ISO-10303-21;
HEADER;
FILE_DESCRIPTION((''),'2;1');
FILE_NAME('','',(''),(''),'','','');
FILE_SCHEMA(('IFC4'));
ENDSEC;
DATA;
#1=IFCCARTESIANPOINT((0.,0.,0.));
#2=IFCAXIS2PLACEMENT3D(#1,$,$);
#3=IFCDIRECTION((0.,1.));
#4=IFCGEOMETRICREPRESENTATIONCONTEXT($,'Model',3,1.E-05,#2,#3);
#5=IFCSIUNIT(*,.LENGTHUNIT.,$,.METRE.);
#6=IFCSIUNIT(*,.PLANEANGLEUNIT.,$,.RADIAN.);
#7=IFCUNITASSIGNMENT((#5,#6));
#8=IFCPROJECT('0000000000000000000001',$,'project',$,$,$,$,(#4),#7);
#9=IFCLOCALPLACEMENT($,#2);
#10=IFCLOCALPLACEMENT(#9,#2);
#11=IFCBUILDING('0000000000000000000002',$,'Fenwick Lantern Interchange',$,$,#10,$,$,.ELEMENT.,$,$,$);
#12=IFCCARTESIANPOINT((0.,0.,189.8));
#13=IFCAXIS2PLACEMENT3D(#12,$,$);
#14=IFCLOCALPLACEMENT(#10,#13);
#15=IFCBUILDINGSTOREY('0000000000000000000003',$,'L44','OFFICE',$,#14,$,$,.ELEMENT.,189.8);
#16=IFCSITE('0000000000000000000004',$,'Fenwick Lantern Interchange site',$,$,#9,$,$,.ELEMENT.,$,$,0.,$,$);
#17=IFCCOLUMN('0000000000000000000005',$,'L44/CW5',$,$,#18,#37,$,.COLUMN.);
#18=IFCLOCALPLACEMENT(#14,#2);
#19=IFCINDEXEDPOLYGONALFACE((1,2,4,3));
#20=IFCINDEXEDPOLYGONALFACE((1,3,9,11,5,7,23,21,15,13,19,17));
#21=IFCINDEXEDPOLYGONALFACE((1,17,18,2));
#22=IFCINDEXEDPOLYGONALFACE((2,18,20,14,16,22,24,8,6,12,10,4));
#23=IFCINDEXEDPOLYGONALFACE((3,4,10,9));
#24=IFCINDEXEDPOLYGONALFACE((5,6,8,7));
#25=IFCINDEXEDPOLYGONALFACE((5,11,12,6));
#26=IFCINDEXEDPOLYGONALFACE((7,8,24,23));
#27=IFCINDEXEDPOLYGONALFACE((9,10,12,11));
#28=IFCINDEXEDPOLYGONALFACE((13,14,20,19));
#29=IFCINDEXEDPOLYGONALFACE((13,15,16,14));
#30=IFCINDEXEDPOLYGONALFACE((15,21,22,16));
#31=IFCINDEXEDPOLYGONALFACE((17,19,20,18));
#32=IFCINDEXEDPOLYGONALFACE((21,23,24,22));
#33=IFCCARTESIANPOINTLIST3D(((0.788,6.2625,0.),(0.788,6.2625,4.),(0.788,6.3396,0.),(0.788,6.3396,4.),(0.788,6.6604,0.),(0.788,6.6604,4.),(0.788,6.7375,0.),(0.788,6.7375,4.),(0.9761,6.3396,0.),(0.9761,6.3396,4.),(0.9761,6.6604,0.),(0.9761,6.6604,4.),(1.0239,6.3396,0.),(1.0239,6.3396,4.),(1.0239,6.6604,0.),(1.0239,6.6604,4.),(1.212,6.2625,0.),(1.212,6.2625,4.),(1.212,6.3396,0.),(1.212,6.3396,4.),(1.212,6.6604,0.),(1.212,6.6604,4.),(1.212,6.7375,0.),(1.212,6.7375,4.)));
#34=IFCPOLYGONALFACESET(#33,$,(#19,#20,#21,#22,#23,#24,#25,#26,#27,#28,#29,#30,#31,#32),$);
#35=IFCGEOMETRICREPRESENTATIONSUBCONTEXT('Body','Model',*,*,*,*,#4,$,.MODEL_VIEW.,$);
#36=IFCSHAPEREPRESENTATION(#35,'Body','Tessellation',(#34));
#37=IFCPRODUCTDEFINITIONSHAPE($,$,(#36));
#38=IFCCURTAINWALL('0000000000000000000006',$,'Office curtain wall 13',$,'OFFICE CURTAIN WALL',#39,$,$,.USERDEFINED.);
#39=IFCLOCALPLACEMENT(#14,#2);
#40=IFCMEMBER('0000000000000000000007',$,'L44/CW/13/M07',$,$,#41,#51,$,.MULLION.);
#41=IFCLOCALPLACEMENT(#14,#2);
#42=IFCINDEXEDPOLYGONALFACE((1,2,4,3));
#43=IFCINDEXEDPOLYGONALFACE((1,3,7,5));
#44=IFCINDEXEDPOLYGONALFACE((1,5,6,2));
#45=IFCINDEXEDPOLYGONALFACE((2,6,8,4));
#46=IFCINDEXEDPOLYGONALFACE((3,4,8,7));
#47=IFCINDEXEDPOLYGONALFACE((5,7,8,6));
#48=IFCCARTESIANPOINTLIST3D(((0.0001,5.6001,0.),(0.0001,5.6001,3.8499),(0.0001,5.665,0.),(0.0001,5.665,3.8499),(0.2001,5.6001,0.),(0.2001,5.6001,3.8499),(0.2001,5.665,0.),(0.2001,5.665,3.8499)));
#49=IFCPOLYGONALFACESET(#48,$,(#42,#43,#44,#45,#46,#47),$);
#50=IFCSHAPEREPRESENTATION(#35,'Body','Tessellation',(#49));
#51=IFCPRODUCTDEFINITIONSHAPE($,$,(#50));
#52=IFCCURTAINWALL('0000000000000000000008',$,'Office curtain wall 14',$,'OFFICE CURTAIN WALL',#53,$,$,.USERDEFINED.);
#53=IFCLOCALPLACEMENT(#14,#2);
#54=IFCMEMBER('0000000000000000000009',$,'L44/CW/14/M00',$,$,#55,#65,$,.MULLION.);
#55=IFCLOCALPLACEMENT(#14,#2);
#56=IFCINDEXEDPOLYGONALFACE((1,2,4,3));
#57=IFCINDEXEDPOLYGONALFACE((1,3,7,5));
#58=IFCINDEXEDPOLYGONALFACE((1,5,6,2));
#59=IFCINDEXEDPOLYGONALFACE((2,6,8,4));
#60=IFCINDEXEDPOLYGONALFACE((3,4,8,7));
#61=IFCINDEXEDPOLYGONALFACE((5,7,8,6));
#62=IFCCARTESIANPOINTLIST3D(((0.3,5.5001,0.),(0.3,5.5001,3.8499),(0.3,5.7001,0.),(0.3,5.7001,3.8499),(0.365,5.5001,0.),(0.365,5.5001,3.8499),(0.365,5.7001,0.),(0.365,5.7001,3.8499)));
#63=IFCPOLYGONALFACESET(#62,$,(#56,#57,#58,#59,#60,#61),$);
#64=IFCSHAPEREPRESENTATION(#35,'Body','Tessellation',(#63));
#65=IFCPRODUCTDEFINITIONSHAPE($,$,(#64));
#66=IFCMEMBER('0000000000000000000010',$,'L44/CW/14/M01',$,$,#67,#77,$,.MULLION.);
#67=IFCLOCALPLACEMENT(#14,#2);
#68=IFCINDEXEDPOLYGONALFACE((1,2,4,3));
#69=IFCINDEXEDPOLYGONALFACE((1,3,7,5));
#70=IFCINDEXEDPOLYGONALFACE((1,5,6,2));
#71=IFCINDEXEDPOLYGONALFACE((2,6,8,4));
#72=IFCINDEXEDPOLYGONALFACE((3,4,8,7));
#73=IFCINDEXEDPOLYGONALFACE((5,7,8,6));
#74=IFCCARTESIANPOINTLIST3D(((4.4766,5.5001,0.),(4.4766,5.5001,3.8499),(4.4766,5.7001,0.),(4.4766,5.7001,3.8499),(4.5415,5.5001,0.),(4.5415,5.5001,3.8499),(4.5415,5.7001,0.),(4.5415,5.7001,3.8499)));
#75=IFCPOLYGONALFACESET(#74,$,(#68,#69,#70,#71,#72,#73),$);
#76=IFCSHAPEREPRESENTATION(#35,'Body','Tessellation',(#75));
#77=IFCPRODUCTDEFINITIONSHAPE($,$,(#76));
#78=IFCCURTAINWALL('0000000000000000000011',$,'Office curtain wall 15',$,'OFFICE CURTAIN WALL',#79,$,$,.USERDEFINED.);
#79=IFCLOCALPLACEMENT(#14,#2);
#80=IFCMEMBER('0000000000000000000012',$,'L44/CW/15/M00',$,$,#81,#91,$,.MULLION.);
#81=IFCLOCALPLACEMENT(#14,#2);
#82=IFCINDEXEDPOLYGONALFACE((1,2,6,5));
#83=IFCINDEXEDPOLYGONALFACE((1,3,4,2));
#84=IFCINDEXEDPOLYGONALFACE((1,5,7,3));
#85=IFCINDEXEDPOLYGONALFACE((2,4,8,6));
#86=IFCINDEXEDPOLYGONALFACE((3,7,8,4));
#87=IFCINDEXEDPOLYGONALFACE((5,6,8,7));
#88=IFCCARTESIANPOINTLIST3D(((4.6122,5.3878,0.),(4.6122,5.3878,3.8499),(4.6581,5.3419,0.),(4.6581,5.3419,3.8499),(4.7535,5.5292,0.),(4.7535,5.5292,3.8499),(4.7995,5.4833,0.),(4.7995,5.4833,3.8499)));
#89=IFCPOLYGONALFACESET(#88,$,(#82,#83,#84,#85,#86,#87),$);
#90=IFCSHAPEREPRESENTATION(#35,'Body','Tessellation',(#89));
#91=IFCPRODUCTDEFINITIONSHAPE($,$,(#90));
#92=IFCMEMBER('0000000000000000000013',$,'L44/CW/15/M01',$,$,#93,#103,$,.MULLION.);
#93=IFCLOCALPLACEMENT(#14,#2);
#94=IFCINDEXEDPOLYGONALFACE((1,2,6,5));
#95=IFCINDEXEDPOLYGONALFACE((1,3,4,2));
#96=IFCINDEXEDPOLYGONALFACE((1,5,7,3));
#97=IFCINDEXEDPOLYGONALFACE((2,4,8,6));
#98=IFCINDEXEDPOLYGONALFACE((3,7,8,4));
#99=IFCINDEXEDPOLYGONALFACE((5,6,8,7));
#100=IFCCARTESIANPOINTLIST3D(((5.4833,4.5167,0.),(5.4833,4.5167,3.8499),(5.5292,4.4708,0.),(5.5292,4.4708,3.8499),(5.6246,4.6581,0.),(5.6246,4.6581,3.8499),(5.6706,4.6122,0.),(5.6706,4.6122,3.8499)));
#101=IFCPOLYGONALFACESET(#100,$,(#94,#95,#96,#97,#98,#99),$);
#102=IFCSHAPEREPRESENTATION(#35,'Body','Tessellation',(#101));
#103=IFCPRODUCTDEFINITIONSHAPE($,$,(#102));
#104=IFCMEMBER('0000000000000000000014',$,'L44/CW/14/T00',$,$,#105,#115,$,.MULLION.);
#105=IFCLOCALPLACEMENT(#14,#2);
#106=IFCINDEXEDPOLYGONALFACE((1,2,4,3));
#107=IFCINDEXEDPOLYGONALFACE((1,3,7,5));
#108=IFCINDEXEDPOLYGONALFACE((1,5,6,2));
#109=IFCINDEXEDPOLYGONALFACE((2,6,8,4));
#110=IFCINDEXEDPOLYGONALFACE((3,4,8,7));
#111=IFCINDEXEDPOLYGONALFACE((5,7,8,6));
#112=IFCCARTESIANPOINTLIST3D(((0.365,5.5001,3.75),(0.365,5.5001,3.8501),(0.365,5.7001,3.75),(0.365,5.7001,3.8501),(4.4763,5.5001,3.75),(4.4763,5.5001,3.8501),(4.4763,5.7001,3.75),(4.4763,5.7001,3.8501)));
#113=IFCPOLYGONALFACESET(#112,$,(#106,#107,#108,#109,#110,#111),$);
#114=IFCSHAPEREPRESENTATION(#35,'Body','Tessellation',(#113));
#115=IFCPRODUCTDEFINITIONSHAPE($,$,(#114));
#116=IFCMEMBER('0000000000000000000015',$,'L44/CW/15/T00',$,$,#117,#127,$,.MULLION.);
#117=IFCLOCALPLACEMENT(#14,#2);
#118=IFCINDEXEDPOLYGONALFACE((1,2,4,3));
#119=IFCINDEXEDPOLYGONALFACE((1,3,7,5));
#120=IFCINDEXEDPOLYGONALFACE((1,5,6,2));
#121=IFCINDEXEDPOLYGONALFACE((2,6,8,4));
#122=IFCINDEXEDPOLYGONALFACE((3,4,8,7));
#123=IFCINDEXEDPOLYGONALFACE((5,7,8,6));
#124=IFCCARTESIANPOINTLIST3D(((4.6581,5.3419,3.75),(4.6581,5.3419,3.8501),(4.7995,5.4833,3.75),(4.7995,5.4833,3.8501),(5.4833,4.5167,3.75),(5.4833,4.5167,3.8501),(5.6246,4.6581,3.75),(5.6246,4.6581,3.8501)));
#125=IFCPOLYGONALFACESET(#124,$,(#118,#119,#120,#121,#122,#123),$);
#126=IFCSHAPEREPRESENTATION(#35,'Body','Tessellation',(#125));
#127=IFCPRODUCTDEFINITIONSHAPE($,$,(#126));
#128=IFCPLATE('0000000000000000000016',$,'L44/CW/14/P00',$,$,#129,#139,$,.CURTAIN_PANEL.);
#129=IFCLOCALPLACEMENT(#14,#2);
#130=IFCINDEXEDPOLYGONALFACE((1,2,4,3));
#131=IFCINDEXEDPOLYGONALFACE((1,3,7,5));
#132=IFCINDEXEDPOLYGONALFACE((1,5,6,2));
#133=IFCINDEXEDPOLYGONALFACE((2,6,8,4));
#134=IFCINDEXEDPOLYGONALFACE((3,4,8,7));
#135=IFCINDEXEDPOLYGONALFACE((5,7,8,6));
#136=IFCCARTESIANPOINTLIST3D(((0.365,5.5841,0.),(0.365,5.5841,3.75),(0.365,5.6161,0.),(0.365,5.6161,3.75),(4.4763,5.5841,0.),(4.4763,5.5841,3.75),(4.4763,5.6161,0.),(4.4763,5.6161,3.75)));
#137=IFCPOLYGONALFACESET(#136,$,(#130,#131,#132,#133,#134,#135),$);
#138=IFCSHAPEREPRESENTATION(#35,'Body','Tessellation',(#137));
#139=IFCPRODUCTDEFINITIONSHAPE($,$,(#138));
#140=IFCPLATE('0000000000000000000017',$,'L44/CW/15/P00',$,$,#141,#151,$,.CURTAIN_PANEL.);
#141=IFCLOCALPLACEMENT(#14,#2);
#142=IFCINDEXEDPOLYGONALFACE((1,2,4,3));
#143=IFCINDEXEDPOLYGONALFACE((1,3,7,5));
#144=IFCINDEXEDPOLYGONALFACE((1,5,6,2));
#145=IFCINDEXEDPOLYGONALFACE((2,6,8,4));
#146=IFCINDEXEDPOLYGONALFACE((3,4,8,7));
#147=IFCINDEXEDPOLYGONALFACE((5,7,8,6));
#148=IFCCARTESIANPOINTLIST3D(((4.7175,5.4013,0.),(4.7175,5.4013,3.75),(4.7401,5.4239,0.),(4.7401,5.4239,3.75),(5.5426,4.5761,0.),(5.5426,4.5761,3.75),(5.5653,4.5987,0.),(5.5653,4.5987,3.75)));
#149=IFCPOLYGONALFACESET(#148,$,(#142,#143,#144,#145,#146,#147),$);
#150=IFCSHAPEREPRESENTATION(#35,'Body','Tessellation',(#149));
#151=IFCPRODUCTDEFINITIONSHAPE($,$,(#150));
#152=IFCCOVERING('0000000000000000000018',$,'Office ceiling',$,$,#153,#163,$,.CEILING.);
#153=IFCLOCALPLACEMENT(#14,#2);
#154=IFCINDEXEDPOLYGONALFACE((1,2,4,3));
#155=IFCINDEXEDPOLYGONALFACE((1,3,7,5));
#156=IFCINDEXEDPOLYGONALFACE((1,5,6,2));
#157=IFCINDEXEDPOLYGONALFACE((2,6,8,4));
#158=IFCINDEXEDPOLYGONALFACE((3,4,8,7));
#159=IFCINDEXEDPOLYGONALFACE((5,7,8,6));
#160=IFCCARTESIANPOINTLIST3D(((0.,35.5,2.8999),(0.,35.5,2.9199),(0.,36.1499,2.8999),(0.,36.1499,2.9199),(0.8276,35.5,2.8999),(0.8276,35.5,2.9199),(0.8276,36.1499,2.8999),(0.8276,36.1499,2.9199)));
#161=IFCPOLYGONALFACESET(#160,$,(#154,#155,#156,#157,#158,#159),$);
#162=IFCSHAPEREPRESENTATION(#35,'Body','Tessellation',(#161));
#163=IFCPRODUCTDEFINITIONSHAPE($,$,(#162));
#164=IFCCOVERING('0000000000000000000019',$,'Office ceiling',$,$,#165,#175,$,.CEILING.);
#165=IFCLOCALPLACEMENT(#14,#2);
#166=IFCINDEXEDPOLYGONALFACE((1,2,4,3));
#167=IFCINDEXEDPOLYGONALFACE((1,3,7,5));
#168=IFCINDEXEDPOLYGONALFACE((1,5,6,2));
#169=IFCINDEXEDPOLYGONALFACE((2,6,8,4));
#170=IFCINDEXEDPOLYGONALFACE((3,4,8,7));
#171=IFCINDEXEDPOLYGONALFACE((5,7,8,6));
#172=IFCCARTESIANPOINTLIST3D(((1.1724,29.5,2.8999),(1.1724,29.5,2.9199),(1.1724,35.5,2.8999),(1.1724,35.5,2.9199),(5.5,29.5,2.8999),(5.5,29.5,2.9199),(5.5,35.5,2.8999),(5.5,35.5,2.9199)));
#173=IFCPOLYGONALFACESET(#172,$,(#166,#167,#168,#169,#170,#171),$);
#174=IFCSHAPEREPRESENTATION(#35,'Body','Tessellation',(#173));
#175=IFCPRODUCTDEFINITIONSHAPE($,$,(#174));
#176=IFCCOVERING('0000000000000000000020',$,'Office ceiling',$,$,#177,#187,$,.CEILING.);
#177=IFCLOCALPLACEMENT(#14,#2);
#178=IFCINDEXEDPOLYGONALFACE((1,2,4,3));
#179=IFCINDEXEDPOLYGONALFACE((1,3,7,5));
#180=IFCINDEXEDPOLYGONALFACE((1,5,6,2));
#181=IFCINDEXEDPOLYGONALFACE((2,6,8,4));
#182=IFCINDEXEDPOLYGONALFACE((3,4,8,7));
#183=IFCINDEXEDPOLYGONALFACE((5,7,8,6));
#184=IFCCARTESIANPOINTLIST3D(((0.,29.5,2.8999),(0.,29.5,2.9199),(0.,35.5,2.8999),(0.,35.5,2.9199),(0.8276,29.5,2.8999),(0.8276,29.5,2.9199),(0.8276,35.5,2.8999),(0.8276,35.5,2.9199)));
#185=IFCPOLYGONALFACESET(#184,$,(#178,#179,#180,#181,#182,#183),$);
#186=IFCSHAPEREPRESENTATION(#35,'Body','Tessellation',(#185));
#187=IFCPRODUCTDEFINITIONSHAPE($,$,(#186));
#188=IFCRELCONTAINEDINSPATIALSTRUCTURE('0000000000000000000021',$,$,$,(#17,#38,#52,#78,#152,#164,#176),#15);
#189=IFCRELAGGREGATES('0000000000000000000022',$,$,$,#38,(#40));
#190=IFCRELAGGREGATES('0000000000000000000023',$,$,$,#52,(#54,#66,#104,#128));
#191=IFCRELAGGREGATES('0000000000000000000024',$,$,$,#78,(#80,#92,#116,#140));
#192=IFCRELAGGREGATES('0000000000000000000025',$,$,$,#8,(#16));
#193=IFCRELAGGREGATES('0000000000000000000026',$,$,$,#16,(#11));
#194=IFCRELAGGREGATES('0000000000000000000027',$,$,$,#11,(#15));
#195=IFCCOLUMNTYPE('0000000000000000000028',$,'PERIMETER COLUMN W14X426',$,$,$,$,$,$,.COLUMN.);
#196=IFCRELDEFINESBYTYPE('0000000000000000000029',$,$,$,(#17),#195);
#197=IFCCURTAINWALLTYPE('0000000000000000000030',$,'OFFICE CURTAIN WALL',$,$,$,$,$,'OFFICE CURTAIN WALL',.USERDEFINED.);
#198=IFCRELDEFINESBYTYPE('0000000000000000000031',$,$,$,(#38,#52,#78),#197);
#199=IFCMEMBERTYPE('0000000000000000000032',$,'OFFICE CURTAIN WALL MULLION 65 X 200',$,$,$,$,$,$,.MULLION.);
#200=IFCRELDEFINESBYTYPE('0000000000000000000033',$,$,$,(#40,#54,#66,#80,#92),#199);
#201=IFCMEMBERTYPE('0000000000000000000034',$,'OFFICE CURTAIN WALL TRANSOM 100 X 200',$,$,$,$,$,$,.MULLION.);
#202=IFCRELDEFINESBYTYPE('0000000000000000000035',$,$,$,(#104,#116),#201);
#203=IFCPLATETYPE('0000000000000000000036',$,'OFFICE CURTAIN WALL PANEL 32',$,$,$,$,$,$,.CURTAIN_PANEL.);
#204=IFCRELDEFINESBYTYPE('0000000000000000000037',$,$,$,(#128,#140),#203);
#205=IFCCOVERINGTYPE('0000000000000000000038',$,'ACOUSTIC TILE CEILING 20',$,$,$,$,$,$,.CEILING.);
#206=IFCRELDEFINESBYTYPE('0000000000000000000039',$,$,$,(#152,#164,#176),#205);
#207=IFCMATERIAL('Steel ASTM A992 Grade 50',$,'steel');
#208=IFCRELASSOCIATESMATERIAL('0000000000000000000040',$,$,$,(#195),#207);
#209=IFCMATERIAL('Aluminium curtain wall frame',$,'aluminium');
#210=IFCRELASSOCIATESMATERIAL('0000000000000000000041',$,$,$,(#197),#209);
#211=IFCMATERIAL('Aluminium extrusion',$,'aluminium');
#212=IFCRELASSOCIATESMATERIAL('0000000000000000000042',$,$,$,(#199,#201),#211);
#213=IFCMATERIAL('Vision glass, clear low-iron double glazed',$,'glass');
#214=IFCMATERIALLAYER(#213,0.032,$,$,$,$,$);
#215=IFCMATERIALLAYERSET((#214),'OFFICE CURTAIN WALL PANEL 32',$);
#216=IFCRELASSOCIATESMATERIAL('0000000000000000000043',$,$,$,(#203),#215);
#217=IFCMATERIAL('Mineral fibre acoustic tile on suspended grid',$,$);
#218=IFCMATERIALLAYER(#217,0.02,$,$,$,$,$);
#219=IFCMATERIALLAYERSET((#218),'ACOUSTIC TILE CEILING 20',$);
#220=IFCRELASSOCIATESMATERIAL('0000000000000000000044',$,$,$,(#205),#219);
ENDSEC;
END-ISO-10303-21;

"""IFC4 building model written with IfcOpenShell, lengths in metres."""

from ifc_helpers import new_model, si_unit, direction, frame, origin, origin_2d, place, context, subcontext, project, spatial, polyline, rectangle, i_section, outline, extrude, material, layer, layer_set, material_profile, profile_set, type_object, element, aggregate, save


model = new_model("IFC4")

# Units and contexts
model_context = context("Model", 3, precision=1e-05, world=origin(), true_north=direction((0.0, 1.0)))
body_context = subcontext(model_context, "Body", "Model", "MODEL_VIEW")
ifc_project = project(units=[si_unit("LENGTHUNIT", "METRE"), si_unit("PLANEANGLEUNIT", "RADIAN")], contexts=[model_context])

# Site, building, storey
site_placement = place(None, origin())
site = spatial("IfcSite", under=ifc_project, at=site_placement, Name="Fenwick Lantern Interchange site", CompositionType="ELEMENT", RefElevation=0.0)
building_placement = place(site_placement, origin())
building = spatial("IfcBuilding", under=site, at=building_placement, Name="Fenwick Lantern Interchange", CompositionType="ELEMENT")
storey_placement = place(building_placement, frame((0.0, 0.0, 189.8)))
storey = spatial("IfcBuildingStorey", under=building, at=storey_placement, Name="L44", Description="OFFICE", CompositionType="ELEMENT", Elevation=189.8)

# Column
ifc_material_1 = material(Name="Steel ASTM A992 Grade 50", Category="steel")
ifc_material_profile_1 = material_profile(ifc_material_1, i_section(OverallWidth=0.4241, OverallDepth=0.4751, WebThickness=0.0479, FlangeThickness=0.0771, at=origin_2d()), Name="W14X426")
ifc_profile_set_1 = profile_set([ifc_material_profile_1], Name="Steel ASTM A992 Grade 50")
column_type = type_object("IfcColumnType", Name="PERIMETER COLUMN W14X426", PredefinedType="COLUMN", material=ifc_profile_set_1)
column_placement = place(storey_placement, frame((1.0, 6.5, 0.0), z_axis=(0.0, 0.0, 1.0), x_axis=(1.0, 0.0, 0.0)))
element("IfcColumn", 1, at=column_placement, inside=storey, type_object=column_type, Name="L44/CW5", PredefinedType="COLUMN", context=body_context, shape_type="SweptSolid", body=[
    extrude(i_section(OverallWidth=0.4241, OverallDepth=0.4751, WebThickness=0.0479, FlangeThickness=0.0771, at=origin_2d()), origin(), (0.0, 0.0, 1.0), 4.0),
])

# Curtain wall, member
ifc_material_2 = material(Name="Aluminium curtain wall frame", Category="aluminium")
curtain_wall_type = type_object("IfcCurtainWallType", Name="OFFICE CURTAIN WALL", ElementType="OFFICE CURTAIN WALL", PredefinedType="USERDEFINED", material=ifc_material_2)
curtain_wall_1_placement = place(storey_placement, origin())
curtain_wall_1 = element("IfcCurtainWall", 2, at=curtain_wall_1_placement, inside=storey, type_object=curtain_wall_type, Name="Office curtain wall 13", ObjectType="OFFICE CURTAIN WALL", PredefinedType="USERDEFINED")
ifc_material_3 = material(Name="Aluminium extrusion", Category="aluminium")
ifc_material_profile_2 = material_profile(ifc_material_3, rectangle(XDim=0.2, YDim=0.0649, at=origin_2d()), Name="OFFICE CURTAIN WALL MULLION 65 X 200")
ifc_profile_set_2 = profile_set([ifc_material_profile_2], Name="Aluminium extrusion")
member_type_1 = type_object("IfcMemberType", Name="OFFICE CURTAIN WALL MULLION 65 X 200", PredefinedType="MULLION", material=ifc_profile_set_2)
member_1_placement = place(storey_placement, frame((0.1001, 5.6326, 0.0), z_axis=(0.0, 0.0, 1.0), x_axis=(1.0, 0.0, 0.0)))
member_1 = element("IfcMember", 3, at=member_1_placement, type_object=member_type_1, Name="L44/CW/13/M07", PredefinedType="MULLION", context=body_context, shape_type="SweptSolid", body=[
    extrude(rectangle(XDim=0.2, YDim=0.0649, at=origin_2d()), origin(), (0.0, 0.0, 1.0), 3.8499),
])
aggregate(curtain_wall_1, [member_1])

# Curtain walls, members
curtain_wall_2_placement = place(storey_placement, origin())
curtain_wall_2 = element("IfcCurtainWall", 4, at=curtain_wall_2_placement, inside=storey, type_object=curtain_wall_type, Name="Office curtain wall 14", ObjectType="OFFICE CURTAIN WALL", PredefinedType="USERDEFINED")
member_2_placement = place(storey_placement, frame((0.3325, 5.6001, 0.0), z_axis=(0.0, 0.0, 1.0), x_axis=(0.0, 1.0, 0.0)))
member_2 = element("IfcMember", 5, at=member_2_placement, type_object=member_type_1, Name="L44/CW/14/M00", PredefinedType="MULLION", context=body_context, shape_type="SweptSolid", body=[
    extrude(rectangle(XDim=0.2, YDim=0.0649, at=origin_2d()), origin(), (0.0, 0.0, 1.0), 3.8499),
])
member_3_placement = place(storey_placement, frame((4.509, 5.6001, 0.0), z_axis=(0.0, 0.0, 1.0), x_axis=(0.0, 1.0, 0.0)))
member_3 = element("IfcMember", 6, at=member_3_placement, type_object=member_type_1, Name="L44/CW/14/M01", PredefinedType="MULLION", context=body_context, shape_type="SweptSolid", body=[
    extrude(rectangle(XDim=0.2, YDim=0.0649, at=origin_2d()), origin(), (0.0, 0.0, 1.0), 3.8499),
])
curtain_wall_3_placement = place(storey_placement, origin())
curtain_wall_3 = element("IfcCurtainWall", 7, at=curtain_wall_3_placement, inside=storey, type_object=curtain_wall_type, Name="Office curtain wall 15", ObjectType="OFFICE CURTAIN WALL", PredefinedType="USERDEFINED")
member_4_placement = place(storey_placement, frame((4.7058, 5.4355, 0.0), z_axis=(0.0, 0.0, 1.0), x_axis=(0.707107, 0.707107, 0.0)))
member_4 = element("IfcMember", 8, at=member_4_placement, type_object=member_type_1, Name="L44/CW/15/M00", PredefinedType="MULLION", context=body_context, shape_type="SweptSolid", body=[
    extrude(rectangle(XDim=0.2, YDim=0.0649, at=origin_2d()), origin(), (0.0, 0.0, 1.0), 3.8499),
])
member_5_placement = place(storey_placement, frame((5.5769, 4.5645, 0.0), z_axis=(0.0, 0.0, 1.0), x_axis=(0.707107, 0.707107, 0.0)))
member_5 = element("IfcMember", 9, at=member_5_placement, type_object=member_type_1, Name="L44/CW/15/M01", PredefinedType="MULLION", context=body_context, shape_type="SweptSolid", body=[
    extrude(rectangle(XDim=0.2, YDim=0.0649, at=origin_2d()), origin(), (0.0, 0.0, 1.0), 3.8499),
])

# Members
ifc_material_profile_3 = material_profile(ifc_material_3, rectangle(XDim=0.2, YDim=0.1001, at=origin_2d()), Name="OFFICE CURTAIN WALL TRANSOM 100 X 200")
ifc_profile_set_3 = profile_set([ifc_material_profile_3], Name="Aluminium extrusion")
member_type_2 = type_object("IfcMemberType", Name="OFFICE CURTAIN WALL TRANSOM 100 X 200", PredefinedType="MULLION", material=ifc_profile_set_3)
member_6_placement = place(storey_placement, frame((0.365, 5.6001, 3.8), z_axis=(1.0, 0.0, 0.0), x_axis=(0.0, 1.0, 0.0)))
member_6 = element("IfcMember", 10, at=member_6_placement, type_object=member_type_2, Name="L44/CW/14/T00", PredefinedType="MULLION", context=body_context, shape_type="SweptSolid", body=[
    extrude(rectangle(XDim=0.2, YDim=0.1001, at=origin_2d()), origin(), (0.0, 0.0, 1.0), 4.1113),
])
member_7_placement = place(storey_placement, frame((4.7288, 5.4126, 3.8), z_axis=(0.707107, -0.707107, 0.0), x_axis=(0.707107, 0.707107, 0.0)))
member_7 = element("IfcMember", 11, at=member_7_placement, type_object=member_type_2, Name="L44/CW/15/T00", PredefinedType="MULLION", context=body_context, shape_type="SweptSolid", body=[
    extrude(rectangle(XDim=0.2, YDim=0.1001, at=origin_2d()), origin(), (0.0, 0.0, 1.0), 1.167),
])

# Shared definitions
ifc_material_4 = material(Name="Vision glass, clear low-iron double glazed", Category="glass")
ifc_layer_1 = layer(ifc_material_4, 0.032)
ifc_layer_set_1 = layer_set([ifc_layer_1], Name="OFFICE CURTAIN WALL PANEL 32")
plate_type = type_object("IfcPlateType", Name="OFFICE CURTAIN WALL PANEL 32", PredefinedType="CURTAIN_PANEL", material=ifc_layer_set_1)

# Plates
plate_1_placement = place(storey_placement, frame((2.4207, 5.6001, 0.0), z_axis=(0.0, 0.0, 1.0), x_axis=(1.0, 0.0, 0.0)))
plate_1 = element("IfcPlate", 12, at=plate_1_placement, type_object=plate_type, Name="L44/CW/14/P00", PredefinedType="CURTAIN_PANEL", context=body_context, shape_type="SweptSolid", body=[
    extrude(rectangle(XDim=4.1113, YDim=0.032, at=origin_2d()), origin(), (0.0, 0.0, 1.0), 3.75),
])
aggregate(curtain_wall_2, [member_2, member_3, member_6, plate_1])
plate_2_placement = place(storey_placement, frame((5.1414, 5.0, 0.0), z_axis=(0.0, 0.0, 1.0), x_axis=(0.707107, -0.707107, 0.0)))
plate_2 = element("IfcPlate", 13, at=plate_2_placement, type_object=plate_type, Name="L44/CW/15/P00", PredefinedType="CURTAIN_PANEL", context=body_context, shape_type="SweptSolid", body=[
    extrude(rectangle(XDim=1.167, YDim=0.032, at=origin_2d()), origin(), (0.0, 0.0, 1.0), 3.75),
])
aggregate(curtain_wall_3, [member_4, member_5, member_7, plate_2])

# Coverings
ifc_material_5 = material(Name="Mineral fibre acoustic tile on suspended grid")
ifc_layer_2 = layer(ifc_material_5, 0.02)
ifc_layer_set_2 = layer_set([ifc_layer_2], Name="ACOUSTIC TILE CEILING 20")
covering_type_1 = type_object("IfcCoveringType", Name="ACOUSTIC TILE CEILING 20", PredefinedType="CEILING", material=ifc_layer_set_2)
covering_1_placement = place(storey_placement, frame((0.0, 0.0, 2.8999)))
element("IfcCovering", 14, at=covering_1_placement, inside=storey, type_object=covering_type_1, Name="Office ceiling", PredefinedType="CEILING", context=body_context, shape_type="SweptSolid", body=[
    extrude(outline(polyline([(0.0, 35.5), (0.8276, 35.5), (0.8276, 36.1499), (0.0, 36.1499), (0.0, 35.5)])), origin(), (0.0, 0.0, 1.0), 0.02),
])
covering_2_placement = place(storey_placement, frame((0.0, 0.0, 2.8999)))
element("IfcCovering", 15, at=covering_2_placement, inside=storey, type_object=covering_type_1, Name="Office ceiling", PredefinedType="CEILING", context=body_context, shape_type="SweptSolid", body=[
    extrude(outline(polyline([(5.5, 35.5), (1.1724, 35.5), (1.1724, 29.5), (5.5, 29.5), (5.5, 35.5)])), origin(), (0.0, 0.0, 1.0), 0.02),
])
covering_3_placement = place(storey_placement, frame((0.0, 0.0, 2.8999)))
element("IfcCovering", 16, at=covering_3_placement, inside=storey, type_object=covering_type_1, Name="Office ceiling", PredefinedType="CEILING", context=body_context, shape_type="SweptSolid", body=[
    extrude(outline(polyline([(0.0, 29.5), (0.8276, 29.5), (0.8276, 35.5), (0.0, 35.5), (0.0, 29.5)])), origin(), (0.0, 0.0, 1.0), 0.02),
])

save(model, "model.ifc")
